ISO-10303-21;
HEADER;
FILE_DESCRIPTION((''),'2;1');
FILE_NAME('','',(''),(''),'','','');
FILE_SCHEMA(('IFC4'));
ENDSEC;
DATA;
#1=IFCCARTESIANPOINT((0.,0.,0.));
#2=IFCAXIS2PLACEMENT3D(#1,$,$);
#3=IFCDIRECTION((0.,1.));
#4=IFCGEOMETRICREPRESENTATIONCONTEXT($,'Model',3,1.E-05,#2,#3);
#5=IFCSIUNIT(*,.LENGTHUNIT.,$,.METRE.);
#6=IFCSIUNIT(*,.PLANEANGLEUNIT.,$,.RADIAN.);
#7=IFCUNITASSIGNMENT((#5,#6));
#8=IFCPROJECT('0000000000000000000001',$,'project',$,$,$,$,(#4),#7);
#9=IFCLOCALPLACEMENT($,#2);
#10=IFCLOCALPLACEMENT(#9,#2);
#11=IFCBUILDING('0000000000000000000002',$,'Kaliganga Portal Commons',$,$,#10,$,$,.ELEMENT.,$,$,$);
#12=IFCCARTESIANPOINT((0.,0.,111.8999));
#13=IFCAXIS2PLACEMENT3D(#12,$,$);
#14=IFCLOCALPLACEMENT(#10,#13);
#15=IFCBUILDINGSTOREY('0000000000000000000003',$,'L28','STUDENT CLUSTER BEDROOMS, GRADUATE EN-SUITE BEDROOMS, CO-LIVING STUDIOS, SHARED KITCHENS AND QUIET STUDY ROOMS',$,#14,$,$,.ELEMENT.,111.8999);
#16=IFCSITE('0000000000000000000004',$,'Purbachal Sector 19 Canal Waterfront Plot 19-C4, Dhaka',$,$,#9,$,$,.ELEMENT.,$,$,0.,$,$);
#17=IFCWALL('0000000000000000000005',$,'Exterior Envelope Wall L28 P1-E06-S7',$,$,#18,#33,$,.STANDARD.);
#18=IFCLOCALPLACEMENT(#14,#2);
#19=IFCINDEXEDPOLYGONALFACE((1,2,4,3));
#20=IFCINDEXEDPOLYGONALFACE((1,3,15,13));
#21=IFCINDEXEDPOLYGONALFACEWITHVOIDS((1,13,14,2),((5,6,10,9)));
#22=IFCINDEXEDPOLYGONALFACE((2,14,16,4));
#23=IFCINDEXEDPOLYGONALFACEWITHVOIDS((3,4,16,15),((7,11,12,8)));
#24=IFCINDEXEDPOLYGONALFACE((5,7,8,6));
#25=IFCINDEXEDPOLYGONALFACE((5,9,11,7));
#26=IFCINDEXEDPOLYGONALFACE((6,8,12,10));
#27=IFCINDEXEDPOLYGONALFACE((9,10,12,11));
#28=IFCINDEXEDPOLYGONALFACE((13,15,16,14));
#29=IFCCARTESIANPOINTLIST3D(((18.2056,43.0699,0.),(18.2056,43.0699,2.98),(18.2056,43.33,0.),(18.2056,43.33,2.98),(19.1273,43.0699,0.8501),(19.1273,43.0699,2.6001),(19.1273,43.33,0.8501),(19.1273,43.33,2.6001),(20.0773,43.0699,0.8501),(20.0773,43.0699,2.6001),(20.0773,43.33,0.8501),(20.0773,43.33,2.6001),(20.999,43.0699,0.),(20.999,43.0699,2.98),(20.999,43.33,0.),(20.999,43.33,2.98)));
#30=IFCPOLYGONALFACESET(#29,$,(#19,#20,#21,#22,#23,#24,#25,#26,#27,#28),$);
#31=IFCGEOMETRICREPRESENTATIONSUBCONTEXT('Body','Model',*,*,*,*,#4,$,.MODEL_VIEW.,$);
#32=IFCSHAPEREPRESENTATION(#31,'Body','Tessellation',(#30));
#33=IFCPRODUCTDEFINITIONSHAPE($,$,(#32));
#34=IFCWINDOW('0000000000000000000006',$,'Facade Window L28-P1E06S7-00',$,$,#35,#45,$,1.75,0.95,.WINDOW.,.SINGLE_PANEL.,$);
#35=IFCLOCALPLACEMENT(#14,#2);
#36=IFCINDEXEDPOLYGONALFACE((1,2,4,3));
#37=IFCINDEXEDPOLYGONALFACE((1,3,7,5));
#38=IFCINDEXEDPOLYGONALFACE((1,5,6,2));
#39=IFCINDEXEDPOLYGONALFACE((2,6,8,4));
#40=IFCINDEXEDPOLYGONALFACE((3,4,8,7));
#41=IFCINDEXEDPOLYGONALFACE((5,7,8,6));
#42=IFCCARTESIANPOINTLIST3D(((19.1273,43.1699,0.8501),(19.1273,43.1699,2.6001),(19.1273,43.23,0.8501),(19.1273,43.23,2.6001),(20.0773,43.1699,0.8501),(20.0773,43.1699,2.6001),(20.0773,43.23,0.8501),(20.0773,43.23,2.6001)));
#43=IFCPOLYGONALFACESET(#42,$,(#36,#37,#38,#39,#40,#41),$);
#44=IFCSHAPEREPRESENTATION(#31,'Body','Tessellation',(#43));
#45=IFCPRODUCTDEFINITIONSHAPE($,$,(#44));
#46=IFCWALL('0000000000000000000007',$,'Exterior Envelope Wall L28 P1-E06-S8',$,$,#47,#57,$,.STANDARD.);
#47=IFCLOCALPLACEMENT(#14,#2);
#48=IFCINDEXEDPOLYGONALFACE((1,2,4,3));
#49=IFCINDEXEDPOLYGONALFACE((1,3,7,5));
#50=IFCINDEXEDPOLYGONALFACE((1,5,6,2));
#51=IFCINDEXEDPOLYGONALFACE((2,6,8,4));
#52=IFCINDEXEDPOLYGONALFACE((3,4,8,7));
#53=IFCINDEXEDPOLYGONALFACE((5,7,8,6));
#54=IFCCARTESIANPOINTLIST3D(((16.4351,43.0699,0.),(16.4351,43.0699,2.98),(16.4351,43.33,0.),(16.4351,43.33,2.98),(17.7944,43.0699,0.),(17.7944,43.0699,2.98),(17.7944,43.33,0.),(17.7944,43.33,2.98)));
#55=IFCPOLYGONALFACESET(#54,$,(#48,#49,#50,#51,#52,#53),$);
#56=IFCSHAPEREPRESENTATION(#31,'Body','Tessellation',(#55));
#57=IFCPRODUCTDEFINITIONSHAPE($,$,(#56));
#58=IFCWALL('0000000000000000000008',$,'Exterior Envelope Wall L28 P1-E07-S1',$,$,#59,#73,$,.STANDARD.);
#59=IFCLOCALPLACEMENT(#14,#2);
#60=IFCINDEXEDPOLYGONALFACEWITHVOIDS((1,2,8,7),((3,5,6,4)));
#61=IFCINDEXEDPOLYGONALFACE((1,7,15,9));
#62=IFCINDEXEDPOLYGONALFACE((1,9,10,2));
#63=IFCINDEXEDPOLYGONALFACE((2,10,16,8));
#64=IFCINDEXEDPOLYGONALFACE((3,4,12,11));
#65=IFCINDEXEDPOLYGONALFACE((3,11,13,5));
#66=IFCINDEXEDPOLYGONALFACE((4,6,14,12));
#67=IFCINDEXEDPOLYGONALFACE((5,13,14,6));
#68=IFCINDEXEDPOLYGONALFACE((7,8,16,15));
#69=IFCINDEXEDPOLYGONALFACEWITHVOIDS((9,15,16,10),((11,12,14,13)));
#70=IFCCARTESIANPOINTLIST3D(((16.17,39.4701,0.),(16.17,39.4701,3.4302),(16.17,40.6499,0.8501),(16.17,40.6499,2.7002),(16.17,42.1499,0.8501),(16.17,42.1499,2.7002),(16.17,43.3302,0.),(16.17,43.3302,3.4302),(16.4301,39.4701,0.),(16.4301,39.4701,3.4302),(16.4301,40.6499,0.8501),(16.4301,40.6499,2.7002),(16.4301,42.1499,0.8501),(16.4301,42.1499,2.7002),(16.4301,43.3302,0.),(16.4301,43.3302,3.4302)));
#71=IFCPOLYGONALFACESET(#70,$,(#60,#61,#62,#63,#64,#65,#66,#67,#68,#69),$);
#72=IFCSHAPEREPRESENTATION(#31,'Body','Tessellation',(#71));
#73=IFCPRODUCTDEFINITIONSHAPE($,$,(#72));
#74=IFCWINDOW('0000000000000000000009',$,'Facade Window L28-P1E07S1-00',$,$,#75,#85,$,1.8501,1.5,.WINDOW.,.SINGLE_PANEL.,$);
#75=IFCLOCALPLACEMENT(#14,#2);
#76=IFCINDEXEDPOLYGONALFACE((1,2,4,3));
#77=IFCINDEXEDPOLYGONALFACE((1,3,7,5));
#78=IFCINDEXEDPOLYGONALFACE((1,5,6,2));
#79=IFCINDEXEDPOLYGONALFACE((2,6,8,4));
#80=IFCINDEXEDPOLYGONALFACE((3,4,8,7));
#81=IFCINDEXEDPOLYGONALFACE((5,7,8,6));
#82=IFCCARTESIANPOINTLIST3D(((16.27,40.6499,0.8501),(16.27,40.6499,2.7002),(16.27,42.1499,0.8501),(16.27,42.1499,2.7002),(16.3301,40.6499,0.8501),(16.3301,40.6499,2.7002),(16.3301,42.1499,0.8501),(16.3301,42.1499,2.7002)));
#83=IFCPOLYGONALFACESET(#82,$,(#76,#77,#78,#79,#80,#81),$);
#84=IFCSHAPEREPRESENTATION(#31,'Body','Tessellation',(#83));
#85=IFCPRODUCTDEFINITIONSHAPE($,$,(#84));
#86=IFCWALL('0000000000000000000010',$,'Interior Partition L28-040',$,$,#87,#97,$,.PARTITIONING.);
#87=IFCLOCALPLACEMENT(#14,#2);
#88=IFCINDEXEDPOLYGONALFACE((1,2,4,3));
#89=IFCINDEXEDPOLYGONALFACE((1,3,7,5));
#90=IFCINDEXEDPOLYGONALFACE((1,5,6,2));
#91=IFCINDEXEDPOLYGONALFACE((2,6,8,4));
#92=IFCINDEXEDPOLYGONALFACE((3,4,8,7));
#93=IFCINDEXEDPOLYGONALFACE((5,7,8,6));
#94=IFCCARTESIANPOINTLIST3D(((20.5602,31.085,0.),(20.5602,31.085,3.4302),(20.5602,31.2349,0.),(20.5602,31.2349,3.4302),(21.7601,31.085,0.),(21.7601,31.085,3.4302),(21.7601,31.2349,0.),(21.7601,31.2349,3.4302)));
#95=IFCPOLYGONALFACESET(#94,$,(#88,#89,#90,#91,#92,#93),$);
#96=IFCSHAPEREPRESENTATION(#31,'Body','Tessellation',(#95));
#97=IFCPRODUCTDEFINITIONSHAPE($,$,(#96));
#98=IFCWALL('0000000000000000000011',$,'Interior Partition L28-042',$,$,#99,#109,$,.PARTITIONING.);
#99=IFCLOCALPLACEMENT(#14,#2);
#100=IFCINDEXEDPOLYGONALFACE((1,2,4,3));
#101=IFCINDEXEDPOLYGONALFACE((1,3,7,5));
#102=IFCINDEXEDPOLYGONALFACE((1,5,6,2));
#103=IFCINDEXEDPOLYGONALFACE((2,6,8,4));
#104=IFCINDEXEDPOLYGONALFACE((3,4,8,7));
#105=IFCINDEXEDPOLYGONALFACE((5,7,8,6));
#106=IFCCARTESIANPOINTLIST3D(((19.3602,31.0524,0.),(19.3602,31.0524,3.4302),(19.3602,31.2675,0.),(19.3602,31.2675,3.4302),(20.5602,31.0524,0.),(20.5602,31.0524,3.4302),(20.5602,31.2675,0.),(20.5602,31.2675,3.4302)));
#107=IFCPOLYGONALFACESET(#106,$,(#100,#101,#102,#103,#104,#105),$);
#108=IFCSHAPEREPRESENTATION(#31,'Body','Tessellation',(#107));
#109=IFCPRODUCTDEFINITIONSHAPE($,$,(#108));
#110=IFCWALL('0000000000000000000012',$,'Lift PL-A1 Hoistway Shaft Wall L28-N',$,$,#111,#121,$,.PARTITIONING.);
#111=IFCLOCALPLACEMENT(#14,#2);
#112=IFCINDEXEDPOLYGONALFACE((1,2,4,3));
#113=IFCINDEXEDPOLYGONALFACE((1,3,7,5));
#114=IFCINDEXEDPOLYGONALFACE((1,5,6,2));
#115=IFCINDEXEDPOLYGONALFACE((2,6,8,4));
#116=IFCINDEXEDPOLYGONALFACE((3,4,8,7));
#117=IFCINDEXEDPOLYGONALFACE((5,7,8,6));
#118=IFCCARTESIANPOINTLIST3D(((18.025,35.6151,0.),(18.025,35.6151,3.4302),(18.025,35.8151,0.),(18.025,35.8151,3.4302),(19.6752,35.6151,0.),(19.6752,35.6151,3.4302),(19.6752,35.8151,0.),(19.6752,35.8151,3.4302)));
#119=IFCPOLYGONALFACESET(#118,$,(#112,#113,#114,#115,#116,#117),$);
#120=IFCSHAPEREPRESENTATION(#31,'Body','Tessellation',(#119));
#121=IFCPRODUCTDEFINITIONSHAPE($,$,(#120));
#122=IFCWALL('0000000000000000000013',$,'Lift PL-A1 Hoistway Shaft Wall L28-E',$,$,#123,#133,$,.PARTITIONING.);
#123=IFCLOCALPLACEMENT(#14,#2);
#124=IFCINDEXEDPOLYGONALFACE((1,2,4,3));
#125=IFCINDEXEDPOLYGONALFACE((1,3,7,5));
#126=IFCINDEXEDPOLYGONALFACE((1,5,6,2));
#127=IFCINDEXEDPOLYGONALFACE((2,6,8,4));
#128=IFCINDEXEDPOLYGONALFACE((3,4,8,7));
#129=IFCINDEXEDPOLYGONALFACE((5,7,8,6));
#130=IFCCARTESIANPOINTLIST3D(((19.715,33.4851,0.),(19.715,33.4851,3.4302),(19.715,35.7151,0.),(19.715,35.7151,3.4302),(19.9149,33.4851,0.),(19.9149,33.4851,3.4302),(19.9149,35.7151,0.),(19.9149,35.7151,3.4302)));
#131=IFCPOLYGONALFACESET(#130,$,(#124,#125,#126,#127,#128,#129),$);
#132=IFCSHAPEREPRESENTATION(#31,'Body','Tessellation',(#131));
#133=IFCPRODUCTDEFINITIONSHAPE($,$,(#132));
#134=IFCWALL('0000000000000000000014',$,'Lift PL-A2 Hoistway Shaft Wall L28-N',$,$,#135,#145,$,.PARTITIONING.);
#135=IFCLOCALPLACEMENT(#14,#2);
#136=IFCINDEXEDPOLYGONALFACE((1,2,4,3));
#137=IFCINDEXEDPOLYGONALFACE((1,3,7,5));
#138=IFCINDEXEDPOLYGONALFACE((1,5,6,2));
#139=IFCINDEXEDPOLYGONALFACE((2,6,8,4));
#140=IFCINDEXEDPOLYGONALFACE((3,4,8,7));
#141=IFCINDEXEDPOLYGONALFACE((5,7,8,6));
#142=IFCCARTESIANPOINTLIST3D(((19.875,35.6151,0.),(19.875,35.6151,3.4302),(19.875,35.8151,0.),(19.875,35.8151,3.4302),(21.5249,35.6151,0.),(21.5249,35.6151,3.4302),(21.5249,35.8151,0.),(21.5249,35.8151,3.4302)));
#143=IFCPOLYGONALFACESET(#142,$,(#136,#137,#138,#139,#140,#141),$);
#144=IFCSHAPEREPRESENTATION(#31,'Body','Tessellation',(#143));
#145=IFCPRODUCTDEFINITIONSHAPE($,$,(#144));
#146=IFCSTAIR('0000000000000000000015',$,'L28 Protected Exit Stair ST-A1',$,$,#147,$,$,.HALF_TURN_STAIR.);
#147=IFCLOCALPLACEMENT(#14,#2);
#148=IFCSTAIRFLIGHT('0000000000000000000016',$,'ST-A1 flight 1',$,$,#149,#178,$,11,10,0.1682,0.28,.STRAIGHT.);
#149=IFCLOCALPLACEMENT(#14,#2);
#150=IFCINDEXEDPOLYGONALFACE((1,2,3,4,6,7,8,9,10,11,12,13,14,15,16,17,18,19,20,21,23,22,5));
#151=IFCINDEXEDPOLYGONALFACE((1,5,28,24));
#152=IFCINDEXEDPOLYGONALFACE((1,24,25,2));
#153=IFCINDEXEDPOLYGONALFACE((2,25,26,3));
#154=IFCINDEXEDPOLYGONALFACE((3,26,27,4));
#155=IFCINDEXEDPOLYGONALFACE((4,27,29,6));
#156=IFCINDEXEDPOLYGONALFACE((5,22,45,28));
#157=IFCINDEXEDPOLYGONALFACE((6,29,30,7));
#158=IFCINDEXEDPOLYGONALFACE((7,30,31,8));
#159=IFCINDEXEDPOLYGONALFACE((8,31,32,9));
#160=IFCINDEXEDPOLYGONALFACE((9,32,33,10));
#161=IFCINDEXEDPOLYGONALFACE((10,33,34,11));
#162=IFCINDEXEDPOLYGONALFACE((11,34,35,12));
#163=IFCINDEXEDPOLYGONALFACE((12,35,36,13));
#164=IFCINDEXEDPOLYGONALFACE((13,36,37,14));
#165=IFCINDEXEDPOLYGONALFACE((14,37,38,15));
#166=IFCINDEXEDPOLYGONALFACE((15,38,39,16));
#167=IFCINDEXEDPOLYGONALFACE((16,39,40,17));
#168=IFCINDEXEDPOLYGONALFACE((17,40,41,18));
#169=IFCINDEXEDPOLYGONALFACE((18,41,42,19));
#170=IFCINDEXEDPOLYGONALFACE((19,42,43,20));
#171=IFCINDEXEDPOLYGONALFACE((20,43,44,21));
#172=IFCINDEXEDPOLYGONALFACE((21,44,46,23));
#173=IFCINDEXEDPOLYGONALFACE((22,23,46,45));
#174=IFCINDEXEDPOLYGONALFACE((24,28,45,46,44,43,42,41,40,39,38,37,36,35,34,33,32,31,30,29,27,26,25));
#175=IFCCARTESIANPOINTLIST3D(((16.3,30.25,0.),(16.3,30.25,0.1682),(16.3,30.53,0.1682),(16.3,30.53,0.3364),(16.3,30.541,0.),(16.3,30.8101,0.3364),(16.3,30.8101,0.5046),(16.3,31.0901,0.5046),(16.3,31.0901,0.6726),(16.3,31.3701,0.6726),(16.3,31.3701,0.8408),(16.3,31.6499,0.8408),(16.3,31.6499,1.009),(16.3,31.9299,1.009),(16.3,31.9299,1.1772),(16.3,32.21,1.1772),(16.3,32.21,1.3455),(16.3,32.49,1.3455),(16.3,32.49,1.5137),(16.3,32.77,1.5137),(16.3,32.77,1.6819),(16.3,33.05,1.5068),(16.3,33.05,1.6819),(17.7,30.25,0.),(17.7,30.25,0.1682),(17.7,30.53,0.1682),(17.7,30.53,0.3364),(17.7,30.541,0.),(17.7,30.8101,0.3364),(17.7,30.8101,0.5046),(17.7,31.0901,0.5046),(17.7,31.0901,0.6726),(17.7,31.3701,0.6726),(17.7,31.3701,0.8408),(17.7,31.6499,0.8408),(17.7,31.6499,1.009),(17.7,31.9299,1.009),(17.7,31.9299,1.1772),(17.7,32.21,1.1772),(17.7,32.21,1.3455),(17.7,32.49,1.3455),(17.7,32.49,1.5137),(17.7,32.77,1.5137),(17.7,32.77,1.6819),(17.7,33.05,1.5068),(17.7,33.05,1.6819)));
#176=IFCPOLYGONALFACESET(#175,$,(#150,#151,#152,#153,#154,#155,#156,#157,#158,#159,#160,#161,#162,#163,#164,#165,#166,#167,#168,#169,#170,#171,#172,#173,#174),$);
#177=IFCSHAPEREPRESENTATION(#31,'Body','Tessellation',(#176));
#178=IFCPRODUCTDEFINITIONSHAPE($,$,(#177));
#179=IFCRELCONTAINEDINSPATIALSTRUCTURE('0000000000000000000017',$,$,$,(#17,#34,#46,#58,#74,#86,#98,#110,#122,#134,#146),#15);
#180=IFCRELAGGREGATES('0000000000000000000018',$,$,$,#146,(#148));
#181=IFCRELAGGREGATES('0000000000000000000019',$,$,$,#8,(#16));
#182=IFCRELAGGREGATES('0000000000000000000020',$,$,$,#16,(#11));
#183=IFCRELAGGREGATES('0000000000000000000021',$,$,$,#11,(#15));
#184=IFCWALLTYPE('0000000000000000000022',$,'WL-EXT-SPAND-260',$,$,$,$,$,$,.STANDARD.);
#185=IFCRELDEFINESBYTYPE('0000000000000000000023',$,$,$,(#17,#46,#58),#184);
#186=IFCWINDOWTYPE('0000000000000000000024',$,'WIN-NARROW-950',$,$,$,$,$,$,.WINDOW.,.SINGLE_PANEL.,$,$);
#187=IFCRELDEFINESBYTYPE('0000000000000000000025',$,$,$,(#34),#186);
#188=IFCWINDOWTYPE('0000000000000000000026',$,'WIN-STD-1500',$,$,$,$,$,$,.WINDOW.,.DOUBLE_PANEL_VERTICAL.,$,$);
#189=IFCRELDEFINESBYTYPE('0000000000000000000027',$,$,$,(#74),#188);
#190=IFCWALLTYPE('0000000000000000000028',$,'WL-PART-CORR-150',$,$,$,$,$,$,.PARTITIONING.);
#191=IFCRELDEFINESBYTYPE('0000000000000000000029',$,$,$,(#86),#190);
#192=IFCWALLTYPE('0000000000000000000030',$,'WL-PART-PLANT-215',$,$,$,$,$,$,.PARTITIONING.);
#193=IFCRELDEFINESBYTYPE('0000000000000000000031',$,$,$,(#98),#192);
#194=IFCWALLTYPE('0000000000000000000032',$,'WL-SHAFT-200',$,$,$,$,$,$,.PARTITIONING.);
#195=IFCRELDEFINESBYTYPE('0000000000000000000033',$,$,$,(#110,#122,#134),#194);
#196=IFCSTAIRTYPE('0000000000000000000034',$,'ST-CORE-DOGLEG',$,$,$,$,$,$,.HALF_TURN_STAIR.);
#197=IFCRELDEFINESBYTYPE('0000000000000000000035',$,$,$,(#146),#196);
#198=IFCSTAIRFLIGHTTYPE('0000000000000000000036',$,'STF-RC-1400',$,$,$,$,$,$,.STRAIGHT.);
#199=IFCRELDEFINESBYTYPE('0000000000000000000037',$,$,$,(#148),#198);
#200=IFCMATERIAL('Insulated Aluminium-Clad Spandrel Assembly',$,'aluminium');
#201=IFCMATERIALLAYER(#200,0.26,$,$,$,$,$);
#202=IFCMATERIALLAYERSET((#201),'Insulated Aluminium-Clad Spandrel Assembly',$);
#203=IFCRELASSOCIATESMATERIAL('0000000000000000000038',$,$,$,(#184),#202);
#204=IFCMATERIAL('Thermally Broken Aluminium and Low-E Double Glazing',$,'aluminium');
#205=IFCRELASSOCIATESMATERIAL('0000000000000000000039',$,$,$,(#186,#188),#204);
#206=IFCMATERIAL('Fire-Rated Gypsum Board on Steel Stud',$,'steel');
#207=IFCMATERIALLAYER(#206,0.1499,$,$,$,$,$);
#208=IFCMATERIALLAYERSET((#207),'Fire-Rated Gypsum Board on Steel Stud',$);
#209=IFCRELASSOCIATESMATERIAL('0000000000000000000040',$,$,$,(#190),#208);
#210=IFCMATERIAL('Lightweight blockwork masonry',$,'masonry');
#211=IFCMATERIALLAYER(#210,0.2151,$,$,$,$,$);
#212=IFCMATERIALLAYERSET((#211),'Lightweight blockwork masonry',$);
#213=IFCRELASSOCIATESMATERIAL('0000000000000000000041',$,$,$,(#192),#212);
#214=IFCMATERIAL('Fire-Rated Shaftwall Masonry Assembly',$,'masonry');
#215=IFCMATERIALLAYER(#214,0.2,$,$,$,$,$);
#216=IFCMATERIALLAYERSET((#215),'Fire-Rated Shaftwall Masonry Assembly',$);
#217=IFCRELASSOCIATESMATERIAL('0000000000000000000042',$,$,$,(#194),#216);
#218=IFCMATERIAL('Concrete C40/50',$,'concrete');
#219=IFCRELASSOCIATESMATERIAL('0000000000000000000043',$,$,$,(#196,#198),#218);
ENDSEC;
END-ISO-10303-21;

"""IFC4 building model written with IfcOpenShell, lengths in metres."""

from ifc_helpers import new_model, si_unit, direction, frame, frame_2d, origin, place, context, subcontext, project, spatial, polyline, rectangle, outline, extrude, material, layer, layer_set, type_object, element, fill, aggregate, save


model = new_model("IFC4")

# Units and contexts
model_context = context("Model", 3, precision=1e-05, world=origin(), true_north=direction((0.0, 1.0)))
body_context = subcontext(model_context, "Body", "Model", "MODEL_VIEW")
ifc_project = project(units=[si_unit("LENGTHUNIT", "METRE"), si_unit("PLANEANGLEUNIT", "RADIAN")], contexts=[model_context])

# Site, building, storey
site_placement = place(None, origin())
site = spatial("IfcSite", under=ifc_project, at=site_placement, Name="Purbachal Sector 19 Canal Waterfront Plot 19-C4, Dhaka", CompositionType="ELEMENT", RefElevation=0.0)
building_placement = place(site_placement, origin())
building = spatial("IfcBuilding", under=site, at=building_placement, Name="Kaliganga Portal Commons", CompositionType="ELEMENT")
storey_placement = place(building_placement, frame((0.0, 0.0, 111.8999)))
storey = spatial("IfcBuildingStorey", under=building, at=storey_placement, Name="L28", Description="STUDENT CLUSTER BEDROOMS, GRADUATE EN-SUITE BEDROOMS, CO-LIVING STUDIOS, SHARED KITCHENS AND QUIET STUDY ROOMS", CompositionType="ELEMENT", Elevation=111.8999)

# Wall, opening, window
ifc_material_1 = material(Name="Insulated Aluminium-Clad Spandrel Assembly", Category="aluminium")
ifc_layer_1 = layer(ifc_material_1, 0.26)
ifc_layer_set_1 = layer_set([ifc_layer_1], Name="Insulated Aluminium-Clad Spandrel Assembly")
wall_type_1 = type_object("IfcWallType", Name="WL-EXT-SPAND-260", PredefinedType="STANDARD", material=ifc_layer_set_1)
wall_1_placement = place(storey_placement, frame((18.2056, 43.2, 0.0), z_axis=(0.0, 0.0, 1.0), x_axis=(1.0, 0.0, 0.0)))
wall_1 = element("IfcWall", 1, at=wall_1_placement, inside=storey, type_object=wall_type_1, Name="Exterior Envelope Wall L28 P1-E06-S7", PredefinedType="STANDARD", context=body_context, shape_type="SweptSolid", body=[
    extrude(rectangle(XDim=2.7935, YDim=0.26, at=frame_2d((1.3967, 0.0))), origin(), (0.0, 0.0, 1.0), 2.98),
])
opening_1_placement = place(wall_1_placement, frame((0.9216, 0.0, 0.8501)))
opening_1 = element("IfcOpeningElement", 2, at=opening_1_placement, cuts=wall_1, PredefinedType="OPENING", context=body_context, shape_type="SweptSolid", body=[
    extrude(rectangle(XDim=0.95, YDim=1.75, at=frame_2d((0.4751, 0.875))), frame((0.0, 0.1401, 0.0), z_axis=(0.0, -1.0, 0.0), x_axis=(1.0, 0.0, 0.0)), (0.0, 0.0, 1.0), 0.28),
])
ifc_material_2 = material(Name="Thermally Broken Aluminium and Low-E Double Glazing", Category="aluminium")
window_type_1 = type_object("IfcWindowType", Name="WIN-NARROW-950", PartitioningType="SINGLE_PANEL", PredefinedType="WINDOW", material=ifc_material_2)
window_1_placement = place(opening_1_placement, origin())
window_1 = element("IfcWindow", 3, at=window_1_placement, inside=storey, type_object=window_type_1, Name="Facade Window L28-P1E06S7-00", OverallHeight=1.75, OverallWidth=0.95, PartitioningType="SINGLE_PANEL", PredefinedType="WINDOW", context=body_context, shape_type="SweptSolid", body=[
    extrude(rectangle(XDim=0.95, YDim=1.75, at=frame_2d((0.4751, 0.875))), frame((0.0, 0.03, 0.0), z_axis=(0.0, -1.0, 0.0), x_axis=(1.0, 0.0, 0.0)), (0.0, 0.0, 1.0), 0.0601),
])
fill(opening_1, window_1)

# Wall
wall_2_placement = place(storey_placement, frame((16.4351, 43.2, 0.0), z_axis=(0.0, 0.0, 1.0), x_axis=(1.0, 0.0, 0.0)))
element("IfcWall", 4, at=wall_2_placement, inside=storey, type_object=wall_type_1, Name="Exterior Envelope Wall L28 P1-E06-S8", PredefinedType="STANDARD", context=body_context, shape_type="SweptSolid", body=[
    extrude(rectangle(XDim=1.3594, YDim=0.26, at=frame_2d((0.6797, 0.0))), origin(), (0.0, 0.0, 1.0), 2.98),
])

# Wall, opening, window
wall_3_placement = place(storey_placement, frame((16.3, 39.47, 0.0), z_axis=(0.0, 0.0, 1.0), x_axis=(0.0, 1.0, 0.0)))
wall_3 = element("IfcWall", 5, at=wall_3_placement, inside=storey, type_object=wall_type_1, Name="Exterior Envelope Wall L28 P1-E07-S1", PredefinedType="STANDARD", context=body_context, shape_type="SweptSolid", body=[
    extrude(rectangle(XDim=3.8601, YDim=0.26, at=frame_2d((1.9302, 0.0))), origin(), (0.0, 0.0, 1.0), 3.4302),
])
opening_2_placement = place(wall_3_placement, frame((1.1799, 0.0, 0.8501)))
opening_2 = element("IfcOpeningElement", 6, at=opening_2_placement, cuts=wall_3, PredefinedType="OPENING", context=body_context, shape_type="SweptSolid", body=[
    extrude(rectangle(XDim=1.5, YDim=1.8501, at=frame_2d((0.75, 0.925))), frame((0.0, 0.1401, 0.0), z_axis=(0.0, -1.0, 0.0), x_axis=(1.0, 0.0, 0.0)), (0.0, 0.0, 1.0), 0.28),
])
window_type_2 = type_object("IfcWindowType", Name="WIN-STD-1500", PartitioningType="DOUBLE_PANEL_VERTICAL", PredefinedType="WINDOW", material=ifc_material_2)
window_2_placement = place(opening_2_placement, origin())
window_2 = element("IfcWindow", 7, at=window_2_placement, inside=storey, type_object=window_type_2, Name="Facade Window L28-P1E07S1-00", OverallHeight=1.8501, OverallWidth=1.5, PartitioningType="SINGLE_PANEL", PredefinedType="WINDOW", context=body_context, shape_type="SweptSolid", body=[
    extrude(rectangle(XDim=1.5, YDim=1.8501, at=frame_2d((0.75, 0.925))), frame((0.0, 0.03, 0.0), z_axis=(0.0, -1.0, 0.0), x_axis=(1.0, 0.0, 0.0)), (0.0, 0.0, 1.0), 0.0601),
])
fill(opening_2, window_2)

# Walls
ifc_material_3 = material(Name="Fire-Rated Gypsum Board on Steel Stud", Category="steel")
ifc_layer_2 = layer(ifc_material_3, 0.1499)
ifc_layer_set_2 = layer_set([ifc_layer_2], Name="Fire-Rated Gypsum Board on Steel Stud")
wall_type_2 = type_object("IfcWallType", Name="WL-PART-CORR-150", PredefinedType="PARTITIONING", material=ifc_layer_set_2)
wall_4_placement = place(storey_placement, frame((20.5601, 31.1599, 0.0), z_axis=(0.0, 0.0, 1.0), x_axis=(1.0, 0.0, 0.0)))
element("IfcWall", 8, at=wall_4_placement, inside=storey, type_object=wall_type_2, Name="Interior Partition L28-040", PredefinedType="PARTITIONING", context=body_context, shape_type="SweptSolid", body=[
    extrude(rectangle(XDim=1.2, YDim=0.1499, at=frame_2d((0.6001, 0.0))), origin(), (0.0, 0.0, 1.0), 3.4302),
])
ifc_material_4 = material(Name="Lightweight blockwork masonry", Category="masonry")
ifc_layer_3 = layer(ifc_material_4, 0.2151)
ifc_layer_set_3 = layer_set([ifc_layer_3], Name="Lightweight blockwork masonry")
wall_type_3 = type_object("IfcWallType", Name="WL-PART-PLANT-215", PredefinedType="PARTITIONING", material=ifc_layer_set_3)
wall_5_placement = place(storey_placement, frame((19.3601, 31.1599, 0.0), z_axis=(0.0, 0.0, 1.0), x_axis=(1.0, 0.0, 0.0)))
element("IfcWall", 9, at=wall_5_placement, inside=storey, type_object=wall_type_3, Name="Interior Partition L28-042", PredefinedType="PARTITIONING", context=body_context, shape_type="SweptSolid", body=[
    extrude(rectangle(XDim=1.2, YDim=0.2151, at=frame_2d((0.6001, 0.0))), origin(), (0.0, 0.0, 1.0), 3.4302),
])

# Shared definitions
ifc_material_5 = material(Name="Fire-Rated Shaftwall Masonry Assembly", Category="masonry")
ifc_layer_4 = layer(ifc_material_5, 0.2)
ifc_layer_set_4 = layer_set([ifc_layer_4], Name="Fire-Rated Shaftwall Masonry Assembly")
wall_type_4 = type_object("IfcWallType", Name="WL-SHAFT-200", PredefinedType="PARTITIONING", material=ifc_layer_set_4)

# Walls
wall_6_placement = place(storey_placement, frame((18.0249, 35.7151, 0.0), z_axis=(0.0, 0.0, 1.0), x_axis=(1.0, 0.0, 0.0)))
element("IfcWall", 10, at=wall_6_placement, inside=storey, type_object=wall_type_4, Name="Lift PL-A1 Hoistway Shaft Wall L28-N", PredefinedType="PARTITIONING", context=body_context, shape_type="SweptSolid", body=[
    extrude(rectangle(XDim=1.6501, YDim=0.2, at=frame_2d((0.8252, 0.0))), origin(), (0.0, 0.0, 1.0), 3.4302),
])
wall_7_placement = place(storey_placement, frame((19.8149, 33.4851, 0.0), z_axis=(0.0, 0.0, 1.0), x_axis=(0.0, 1.0, 0.0)))
element("IfcWall", 11, at=wall_7_placement, inside=storey, type_object=wall_type_4, Name="Lift PL-A1 Hoistway Shaft Wall L28-E", PredefinedType="PARTITIONING", context=body_context, shape_type="SweptSolid", body=[
    extrude(rectangle(XDim=2.23, YDim=0.2, at=frame_2d((1.115, 0.0))), origin(), (0.0, 0.0, 1.0), 3.4302),
])

# Wall
wall_8_placement = place(storey_placement, frame((19.875, 35.7151, 0.0), z_axis=(0.0, 0.0, 1.0), x_axis=(1.0, 0.0, 0.0)))
element("IfcWall", 12, at=wall_8_placement, inside=storey, type_object=wall_type_4, Name="Lift PL-A2 Hoistway Shaft Wall L28-N", PredefinedType="PARTITIONING", context=body_context, shape_type="SweptSolid", body=[
    extrude(rectangle(XDim=1.6499, YDim=0.2, at=frame_2d((0.825, 0.0))), origin(), (0.0, 0.0, 1.0), 3.4302),
])

# Stair, stair flight
ifc_material_6 = material(Name="Concrete C40/50", Category="concrete")
stair_type = type_object("IfcStairType", Name="ST-CORE-DOGLEG", PredefinedType="HALF_TURN_STAIR", material=ifc_material_6)
stair_placement = place(storey_placement, origin())
stair = element("IfcStair", 13, at=stair_placement, inside=storey, type_object=stair_type, Name="L28 Protected Exit Stair ST-A1", PredefinedType="HALF_TURN_STAIR")
stair_flight_type = type_object("IfcStairFlightType", Name="STF-RC-1400", PredefinedType="STRAIGHT", material=ifc_material_6)
stair_flight_placement = place(storey_placement, frame((17.0, 30.25, 0.0), z_axis=(0.0, 0.0, 1.0), x_axis=(0.0, 1.0, 0.0)))
stair_flight = element("IfcStairFlight", 14, at=stair_flight_placement, type_object=stair_flight_type, Name="ST-A1 flight 1", NumberOfRisers=11, NumberOfTreads=10, PredefinedType="STRAIGHT", RiserHeight=0.1682, TreadLength=0.28, context=body_context, shape_type="SweptSolid", body=[
    extrude(outline(polyline([(0.0, 0.0), (0.0, 0.1682), (0.28, 0.1682), (0.28, 0.3364), (0.5601, 0.3364), (0.5601, 0.5046), (0.8401, 0.5046), (0.8401, 0.6726), (1.1201, 0.6726), (1.1201, 0.8408), (1.3999, 0.8408), (1.3999, 1.009), (1.6799, 1.009), (1.6799, 1.1772), (1.96, 1.1772), (1.96, 1.3455), (2.24, 1.3455), (2.24, 1.5137), (2.52, 1.5137), (2.52, 1.6819), (2.8, 1.6819), (2.8, 1.8501), (2.8, 1.5068), (0.291, 0.0), (0.0, 0.0)])), frame((0.0, 0.7, 0.0), z_axis=(0.0, -1.0, 0.0), x_axis=(1.0, 0.0, 0.0)), (0.0, 0.0, 1.0), 1.3999),
])
aggregate(stair, [stair_flight])

save(model, "model.ifc")
